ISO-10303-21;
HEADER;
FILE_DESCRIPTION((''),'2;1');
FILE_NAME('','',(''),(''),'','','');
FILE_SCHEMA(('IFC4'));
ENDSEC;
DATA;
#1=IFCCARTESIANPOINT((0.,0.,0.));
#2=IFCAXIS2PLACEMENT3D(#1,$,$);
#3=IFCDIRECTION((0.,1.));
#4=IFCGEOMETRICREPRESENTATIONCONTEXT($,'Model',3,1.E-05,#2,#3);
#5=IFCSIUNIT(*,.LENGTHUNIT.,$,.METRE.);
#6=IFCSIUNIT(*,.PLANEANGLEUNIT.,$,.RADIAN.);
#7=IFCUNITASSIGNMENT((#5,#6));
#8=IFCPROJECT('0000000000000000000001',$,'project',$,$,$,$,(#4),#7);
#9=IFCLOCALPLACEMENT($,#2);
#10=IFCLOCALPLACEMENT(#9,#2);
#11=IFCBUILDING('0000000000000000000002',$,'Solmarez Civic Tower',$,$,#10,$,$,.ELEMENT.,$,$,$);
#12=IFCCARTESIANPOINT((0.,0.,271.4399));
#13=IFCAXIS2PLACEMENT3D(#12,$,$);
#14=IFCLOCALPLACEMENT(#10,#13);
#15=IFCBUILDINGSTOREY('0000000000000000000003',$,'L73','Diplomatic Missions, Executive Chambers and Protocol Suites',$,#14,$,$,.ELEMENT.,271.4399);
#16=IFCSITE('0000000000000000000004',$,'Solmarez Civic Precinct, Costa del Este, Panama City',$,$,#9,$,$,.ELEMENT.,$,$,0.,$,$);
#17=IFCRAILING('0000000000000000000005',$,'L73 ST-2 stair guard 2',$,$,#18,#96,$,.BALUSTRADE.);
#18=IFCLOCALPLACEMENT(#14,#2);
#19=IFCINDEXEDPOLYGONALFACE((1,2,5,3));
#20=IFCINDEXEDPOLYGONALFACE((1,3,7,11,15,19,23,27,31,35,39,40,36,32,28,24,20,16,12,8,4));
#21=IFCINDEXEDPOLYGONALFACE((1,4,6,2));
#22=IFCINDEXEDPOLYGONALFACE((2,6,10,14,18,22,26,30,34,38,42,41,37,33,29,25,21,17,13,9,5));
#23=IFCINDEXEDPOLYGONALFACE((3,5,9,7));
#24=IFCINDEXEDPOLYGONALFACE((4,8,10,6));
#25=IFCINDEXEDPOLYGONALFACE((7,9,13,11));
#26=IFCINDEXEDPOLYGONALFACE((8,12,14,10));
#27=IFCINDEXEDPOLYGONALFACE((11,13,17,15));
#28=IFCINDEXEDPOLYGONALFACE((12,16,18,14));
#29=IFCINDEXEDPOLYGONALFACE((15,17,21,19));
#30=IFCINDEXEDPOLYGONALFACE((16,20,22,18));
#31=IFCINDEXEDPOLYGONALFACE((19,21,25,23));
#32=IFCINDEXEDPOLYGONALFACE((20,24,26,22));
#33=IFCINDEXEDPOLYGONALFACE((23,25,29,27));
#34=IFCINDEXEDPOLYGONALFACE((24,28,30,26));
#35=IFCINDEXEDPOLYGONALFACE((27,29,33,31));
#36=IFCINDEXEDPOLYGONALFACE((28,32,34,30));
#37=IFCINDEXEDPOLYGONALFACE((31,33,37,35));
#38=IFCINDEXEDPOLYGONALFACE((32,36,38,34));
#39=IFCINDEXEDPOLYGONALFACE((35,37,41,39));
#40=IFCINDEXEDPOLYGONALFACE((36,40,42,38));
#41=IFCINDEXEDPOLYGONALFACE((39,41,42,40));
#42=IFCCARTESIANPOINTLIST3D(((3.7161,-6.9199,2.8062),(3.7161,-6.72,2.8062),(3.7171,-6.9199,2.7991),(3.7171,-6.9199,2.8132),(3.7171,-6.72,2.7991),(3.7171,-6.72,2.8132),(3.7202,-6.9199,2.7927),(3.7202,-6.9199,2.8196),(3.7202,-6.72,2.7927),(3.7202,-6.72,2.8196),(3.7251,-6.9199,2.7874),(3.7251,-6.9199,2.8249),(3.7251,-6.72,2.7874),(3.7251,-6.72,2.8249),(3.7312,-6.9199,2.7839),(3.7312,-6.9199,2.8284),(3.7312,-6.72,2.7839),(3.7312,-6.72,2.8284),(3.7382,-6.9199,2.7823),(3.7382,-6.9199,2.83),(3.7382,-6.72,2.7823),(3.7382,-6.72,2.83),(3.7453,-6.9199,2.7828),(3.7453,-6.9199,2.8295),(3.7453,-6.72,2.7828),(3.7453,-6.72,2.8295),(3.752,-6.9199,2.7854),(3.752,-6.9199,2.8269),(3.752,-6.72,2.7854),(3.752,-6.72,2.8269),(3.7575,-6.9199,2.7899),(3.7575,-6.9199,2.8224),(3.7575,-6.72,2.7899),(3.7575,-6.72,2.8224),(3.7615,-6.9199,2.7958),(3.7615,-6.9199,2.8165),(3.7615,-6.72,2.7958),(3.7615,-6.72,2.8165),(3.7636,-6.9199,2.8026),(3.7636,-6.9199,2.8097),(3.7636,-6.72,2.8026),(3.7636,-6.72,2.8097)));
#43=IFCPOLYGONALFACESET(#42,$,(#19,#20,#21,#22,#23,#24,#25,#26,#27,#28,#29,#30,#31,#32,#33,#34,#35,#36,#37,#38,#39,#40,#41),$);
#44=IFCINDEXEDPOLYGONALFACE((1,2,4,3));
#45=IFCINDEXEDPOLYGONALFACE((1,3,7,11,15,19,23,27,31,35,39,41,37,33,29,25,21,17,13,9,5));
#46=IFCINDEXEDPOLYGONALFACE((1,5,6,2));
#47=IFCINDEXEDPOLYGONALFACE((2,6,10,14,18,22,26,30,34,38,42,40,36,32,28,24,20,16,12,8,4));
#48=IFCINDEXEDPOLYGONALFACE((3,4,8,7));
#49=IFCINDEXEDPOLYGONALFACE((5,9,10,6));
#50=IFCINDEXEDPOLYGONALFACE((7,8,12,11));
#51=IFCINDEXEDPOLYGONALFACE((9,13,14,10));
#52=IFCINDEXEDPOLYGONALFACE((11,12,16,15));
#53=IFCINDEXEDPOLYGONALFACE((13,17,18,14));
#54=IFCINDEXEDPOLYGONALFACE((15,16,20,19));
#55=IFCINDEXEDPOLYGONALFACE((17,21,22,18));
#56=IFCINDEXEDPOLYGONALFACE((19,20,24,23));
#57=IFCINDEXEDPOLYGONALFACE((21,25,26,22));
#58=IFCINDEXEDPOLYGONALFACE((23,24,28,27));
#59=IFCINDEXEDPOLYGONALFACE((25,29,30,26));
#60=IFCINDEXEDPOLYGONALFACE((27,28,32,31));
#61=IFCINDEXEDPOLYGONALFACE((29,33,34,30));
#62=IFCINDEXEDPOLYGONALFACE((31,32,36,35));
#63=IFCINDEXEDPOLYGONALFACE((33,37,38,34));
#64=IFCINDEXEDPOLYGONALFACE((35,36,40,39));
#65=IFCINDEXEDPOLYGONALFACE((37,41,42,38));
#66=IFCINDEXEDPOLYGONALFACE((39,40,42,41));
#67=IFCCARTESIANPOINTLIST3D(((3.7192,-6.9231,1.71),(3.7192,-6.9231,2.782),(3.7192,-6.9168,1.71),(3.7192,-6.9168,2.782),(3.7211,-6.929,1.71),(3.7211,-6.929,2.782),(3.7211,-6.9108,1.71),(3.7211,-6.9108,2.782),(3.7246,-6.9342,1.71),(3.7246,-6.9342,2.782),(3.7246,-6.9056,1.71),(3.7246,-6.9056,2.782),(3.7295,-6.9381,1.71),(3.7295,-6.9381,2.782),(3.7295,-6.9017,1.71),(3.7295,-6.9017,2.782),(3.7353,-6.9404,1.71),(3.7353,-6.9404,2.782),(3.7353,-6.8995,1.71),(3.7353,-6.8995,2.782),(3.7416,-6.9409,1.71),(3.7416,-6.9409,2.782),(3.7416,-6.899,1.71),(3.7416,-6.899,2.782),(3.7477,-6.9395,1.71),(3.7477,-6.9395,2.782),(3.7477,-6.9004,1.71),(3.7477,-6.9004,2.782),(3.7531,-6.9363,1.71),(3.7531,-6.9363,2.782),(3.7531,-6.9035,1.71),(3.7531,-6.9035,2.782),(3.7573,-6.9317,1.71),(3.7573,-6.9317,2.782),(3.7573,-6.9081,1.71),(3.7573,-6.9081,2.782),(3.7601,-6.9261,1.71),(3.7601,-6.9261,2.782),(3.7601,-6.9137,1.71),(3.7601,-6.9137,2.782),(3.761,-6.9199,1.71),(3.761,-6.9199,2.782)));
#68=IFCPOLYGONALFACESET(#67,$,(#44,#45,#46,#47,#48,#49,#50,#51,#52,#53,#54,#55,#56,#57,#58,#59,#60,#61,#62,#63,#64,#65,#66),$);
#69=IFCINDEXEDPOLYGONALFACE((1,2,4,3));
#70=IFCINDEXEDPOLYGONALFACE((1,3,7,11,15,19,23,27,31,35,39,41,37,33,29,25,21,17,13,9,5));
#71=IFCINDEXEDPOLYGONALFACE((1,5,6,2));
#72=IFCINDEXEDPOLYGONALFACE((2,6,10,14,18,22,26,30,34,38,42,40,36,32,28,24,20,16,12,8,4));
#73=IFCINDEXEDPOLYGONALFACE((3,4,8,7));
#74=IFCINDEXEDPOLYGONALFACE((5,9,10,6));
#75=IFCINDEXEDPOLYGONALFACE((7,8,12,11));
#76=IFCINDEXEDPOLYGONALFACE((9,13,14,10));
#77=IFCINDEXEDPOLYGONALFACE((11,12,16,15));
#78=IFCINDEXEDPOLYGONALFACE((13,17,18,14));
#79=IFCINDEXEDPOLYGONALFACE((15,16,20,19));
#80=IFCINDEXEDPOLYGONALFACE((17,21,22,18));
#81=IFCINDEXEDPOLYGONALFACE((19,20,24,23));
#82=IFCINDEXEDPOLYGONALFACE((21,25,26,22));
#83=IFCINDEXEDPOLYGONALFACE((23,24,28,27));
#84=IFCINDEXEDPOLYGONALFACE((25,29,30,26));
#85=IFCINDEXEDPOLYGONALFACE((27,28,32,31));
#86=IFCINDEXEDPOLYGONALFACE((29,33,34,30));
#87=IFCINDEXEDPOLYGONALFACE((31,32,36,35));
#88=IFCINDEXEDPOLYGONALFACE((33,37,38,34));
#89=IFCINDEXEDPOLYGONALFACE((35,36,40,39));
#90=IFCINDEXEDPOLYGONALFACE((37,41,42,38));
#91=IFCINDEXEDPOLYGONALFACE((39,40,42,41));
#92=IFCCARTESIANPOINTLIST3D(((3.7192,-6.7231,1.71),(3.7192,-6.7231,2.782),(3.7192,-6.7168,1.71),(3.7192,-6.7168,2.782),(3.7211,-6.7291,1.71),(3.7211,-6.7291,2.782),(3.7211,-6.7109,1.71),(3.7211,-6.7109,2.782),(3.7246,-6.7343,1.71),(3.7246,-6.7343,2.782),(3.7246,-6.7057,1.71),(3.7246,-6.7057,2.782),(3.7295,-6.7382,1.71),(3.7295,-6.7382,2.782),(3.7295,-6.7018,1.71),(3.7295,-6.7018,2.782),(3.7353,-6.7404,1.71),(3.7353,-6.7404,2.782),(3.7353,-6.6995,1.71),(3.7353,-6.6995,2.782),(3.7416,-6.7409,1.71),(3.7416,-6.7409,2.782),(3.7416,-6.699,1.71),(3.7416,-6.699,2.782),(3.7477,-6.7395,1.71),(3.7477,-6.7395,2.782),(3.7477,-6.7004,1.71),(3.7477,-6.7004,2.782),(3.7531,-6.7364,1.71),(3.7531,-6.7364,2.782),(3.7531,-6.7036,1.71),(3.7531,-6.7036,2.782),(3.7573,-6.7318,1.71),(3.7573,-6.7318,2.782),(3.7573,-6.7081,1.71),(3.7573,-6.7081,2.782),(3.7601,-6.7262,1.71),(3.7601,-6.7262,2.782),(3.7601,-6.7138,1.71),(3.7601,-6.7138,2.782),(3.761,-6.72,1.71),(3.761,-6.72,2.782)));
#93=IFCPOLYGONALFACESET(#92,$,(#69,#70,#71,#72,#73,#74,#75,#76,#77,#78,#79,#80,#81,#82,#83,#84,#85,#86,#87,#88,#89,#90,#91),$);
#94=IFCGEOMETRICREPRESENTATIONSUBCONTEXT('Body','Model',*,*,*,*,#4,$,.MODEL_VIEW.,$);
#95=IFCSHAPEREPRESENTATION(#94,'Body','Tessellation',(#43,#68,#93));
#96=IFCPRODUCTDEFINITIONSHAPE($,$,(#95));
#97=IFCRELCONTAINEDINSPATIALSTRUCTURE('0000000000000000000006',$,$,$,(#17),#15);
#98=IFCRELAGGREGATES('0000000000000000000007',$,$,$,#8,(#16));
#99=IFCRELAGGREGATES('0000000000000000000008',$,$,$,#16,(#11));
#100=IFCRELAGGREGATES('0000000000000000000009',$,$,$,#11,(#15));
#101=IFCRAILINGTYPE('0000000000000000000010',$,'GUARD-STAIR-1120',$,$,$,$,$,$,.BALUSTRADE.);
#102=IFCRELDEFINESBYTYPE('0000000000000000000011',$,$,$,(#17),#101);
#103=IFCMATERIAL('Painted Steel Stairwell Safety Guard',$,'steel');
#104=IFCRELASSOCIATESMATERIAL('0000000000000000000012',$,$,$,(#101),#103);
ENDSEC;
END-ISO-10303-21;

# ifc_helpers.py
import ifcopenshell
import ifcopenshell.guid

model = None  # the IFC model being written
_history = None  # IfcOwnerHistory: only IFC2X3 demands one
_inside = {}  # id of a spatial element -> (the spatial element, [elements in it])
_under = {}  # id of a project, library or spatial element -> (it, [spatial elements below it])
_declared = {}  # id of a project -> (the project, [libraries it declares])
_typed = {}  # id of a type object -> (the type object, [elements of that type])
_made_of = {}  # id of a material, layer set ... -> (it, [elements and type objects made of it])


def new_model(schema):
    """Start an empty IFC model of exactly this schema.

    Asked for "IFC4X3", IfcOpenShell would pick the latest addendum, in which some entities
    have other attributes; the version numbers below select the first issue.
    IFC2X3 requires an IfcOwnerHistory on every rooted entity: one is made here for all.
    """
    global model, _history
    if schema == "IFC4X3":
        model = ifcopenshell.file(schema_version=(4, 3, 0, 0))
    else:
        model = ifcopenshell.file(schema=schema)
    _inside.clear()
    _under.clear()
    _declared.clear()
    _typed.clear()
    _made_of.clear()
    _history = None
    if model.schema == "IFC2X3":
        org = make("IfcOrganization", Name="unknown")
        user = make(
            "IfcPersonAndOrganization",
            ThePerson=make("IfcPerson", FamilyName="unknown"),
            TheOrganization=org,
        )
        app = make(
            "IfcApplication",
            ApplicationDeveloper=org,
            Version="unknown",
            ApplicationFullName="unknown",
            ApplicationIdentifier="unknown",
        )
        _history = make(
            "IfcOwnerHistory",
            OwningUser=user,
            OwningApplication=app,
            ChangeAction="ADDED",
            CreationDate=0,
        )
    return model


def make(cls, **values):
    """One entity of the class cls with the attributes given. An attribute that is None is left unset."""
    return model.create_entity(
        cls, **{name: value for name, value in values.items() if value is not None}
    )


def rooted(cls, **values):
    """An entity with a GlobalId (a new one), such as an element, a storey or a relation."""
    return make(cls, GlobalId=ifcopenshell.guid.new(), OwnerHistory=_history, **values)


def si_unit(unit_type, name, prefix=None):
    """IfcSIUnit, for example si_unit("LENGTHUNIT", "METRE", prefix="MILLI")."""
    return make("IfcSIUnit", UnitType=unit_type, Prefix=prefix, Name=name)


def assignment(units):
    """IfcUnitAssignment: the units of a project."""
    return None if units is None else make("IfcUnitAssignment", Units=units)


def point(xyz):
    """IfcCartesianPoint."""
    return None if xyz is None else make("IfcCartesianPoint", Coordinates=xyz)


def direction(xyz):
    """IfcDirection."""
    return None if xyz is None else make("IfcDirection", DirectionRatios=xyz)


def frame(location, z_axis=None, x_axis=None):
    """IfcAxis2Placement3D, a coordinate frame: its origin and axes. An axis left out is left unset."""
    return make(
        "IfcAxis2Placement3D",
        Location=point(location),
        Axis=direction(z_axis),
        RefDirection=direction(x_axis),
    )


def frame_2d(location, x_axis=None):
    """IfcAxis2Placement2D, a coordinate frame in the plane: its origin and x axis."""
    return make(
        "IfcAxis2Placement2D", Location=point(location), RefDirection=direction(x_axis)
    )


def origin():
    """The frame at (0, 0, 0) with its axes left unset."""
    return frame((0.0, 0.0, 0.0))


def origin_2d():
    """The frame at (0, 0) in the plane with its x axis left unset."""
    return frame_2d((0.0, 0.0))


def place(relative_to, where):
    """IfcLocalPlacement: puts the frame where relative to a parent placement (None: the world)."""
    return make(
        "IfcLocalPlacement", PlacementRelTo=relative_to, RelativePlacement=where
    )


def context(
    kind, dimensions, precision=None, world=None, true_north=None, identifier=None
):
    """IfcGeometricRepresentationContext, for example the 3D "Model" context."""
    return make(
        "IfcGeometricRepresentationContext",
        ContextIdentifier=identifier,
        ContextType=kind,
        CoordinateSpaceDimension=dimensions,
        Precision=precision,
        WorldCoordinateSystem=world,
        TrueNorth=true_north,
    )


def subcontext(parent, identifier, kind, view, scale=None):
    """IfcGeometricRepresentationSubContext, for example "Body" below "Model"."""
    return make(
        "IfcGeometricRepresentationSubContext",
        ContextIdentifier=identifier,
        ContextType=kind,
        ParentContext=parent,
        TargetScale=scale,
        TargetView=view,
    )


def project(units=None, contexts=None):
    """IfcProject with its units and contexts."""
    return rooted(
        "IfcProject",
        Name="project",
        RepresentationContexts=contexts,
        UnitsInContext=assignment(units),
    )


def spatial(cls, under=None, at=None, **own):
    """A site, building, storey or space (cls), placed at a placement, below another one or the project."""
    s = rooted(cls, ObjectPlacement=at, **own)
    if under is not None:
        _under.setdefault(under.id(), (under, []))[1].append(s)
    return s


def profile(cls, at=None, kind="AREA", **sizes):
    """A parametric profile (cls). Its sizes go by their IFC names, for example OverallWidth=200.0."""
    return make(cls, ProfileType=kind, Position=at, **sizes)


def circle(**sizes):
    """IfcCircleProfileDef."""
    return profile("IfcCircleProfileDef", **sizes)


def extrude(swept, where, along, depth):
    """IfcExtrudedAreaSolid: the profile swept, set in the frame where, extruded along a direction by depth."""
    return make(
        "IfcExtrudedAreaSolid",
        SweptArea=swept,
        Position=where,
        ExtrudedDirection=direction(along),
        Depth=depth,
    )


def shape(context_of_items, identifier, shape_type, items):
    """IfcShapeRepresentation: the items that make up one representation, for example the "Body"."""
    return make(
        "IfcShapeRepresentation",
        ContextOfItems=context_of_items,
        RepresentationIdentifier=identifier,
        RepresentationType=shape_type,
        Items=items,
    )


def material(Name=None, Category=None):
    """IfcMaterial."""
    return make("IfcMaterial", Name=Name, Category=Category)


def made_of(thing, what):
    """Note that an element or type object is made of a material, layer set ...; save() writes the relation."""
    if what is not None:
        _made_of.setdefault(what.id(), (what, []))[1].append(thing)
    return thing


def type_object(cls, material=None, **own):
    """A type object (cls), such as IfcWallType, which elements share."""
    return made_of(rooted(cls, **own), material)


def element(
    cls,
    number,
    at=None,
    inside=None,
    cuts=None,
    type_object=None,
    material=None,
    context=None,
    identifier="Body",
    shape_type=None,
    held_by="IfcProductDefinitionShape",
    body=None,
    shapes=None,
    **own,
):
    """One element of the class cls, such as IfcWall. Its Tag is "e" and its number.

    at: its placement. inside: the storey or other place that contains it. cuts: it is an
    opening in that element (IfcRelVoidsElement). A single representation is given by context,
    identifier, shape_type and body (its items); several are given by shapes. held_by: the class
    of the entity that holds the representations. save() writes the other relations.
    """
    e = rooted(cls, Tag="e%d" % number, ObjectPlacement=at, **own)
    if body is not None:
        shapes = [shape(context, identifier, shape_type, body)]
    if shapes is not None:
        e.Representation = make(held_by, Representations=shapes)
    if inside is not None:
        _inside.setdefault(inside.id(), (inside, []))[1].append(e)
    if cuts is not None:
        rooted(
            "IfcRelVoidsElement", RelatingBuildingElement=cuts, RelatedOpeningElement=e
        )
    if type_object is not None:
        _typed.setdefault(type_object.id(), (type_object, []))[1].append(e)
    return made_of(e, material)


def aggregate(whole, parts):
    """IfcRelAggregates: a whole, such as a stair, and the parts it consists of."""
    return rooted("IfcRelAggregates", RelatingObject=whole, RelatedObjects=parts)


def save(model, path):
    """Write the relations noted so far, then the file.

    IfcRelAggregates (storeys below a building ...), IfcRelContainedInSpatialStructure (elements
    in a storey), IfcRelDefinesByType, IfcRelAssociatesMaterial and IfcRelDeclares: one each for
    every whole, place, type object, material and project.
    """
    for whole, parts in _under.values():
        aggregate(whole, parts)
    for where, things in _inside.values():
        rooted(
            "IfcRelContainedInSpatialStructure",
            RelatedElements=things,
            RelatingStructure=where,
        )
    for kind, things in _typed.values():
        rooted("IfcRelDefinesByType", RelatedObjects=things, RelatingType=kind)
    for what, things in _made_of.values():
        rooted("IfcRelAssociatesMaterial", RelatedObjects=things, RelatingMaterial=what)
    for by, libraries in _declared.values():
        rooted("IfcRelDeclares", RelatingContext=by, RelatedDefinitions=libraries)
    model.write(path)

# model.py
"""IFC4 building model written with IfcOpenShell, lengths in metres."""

from ifc_helpers import new_model, si_unit, direction, frame, origin, origin_2d, place, context, subcontext, project, spatial, circle, extrude, material, type_object, element, save


model = new_model("IFC4")

# Units and contexts
model_context = context("Model", 3, precision=1e-05, world=origin(), true_north=direction((0.0, 1.0)))
body_context = subcontext(model_context, "Body", "Model", "MODEL_VIEW")
ifc_project = project(units=[si_unit("LENGTHUNIT", "METRE"), si_unit("PLANEANGLEUNIT", "RADIAN")], contexts=[model_context])

# Site, building, storey
site_placement = place(None, origin())
site = spatial("IfcSite", under=ifc_project, at=site_placement, Name="Solmarez Civic Precinct, Costa del Este, Panama City", CompositionType="ELEMENT", RefElevation=0.0)
building_placement = place(site_placement, origin())
building = spatial("IfcBuilding", under=site, at=building_placement, Name="Solmarez Civic Tower", CompositionType="ELEMENT")
storey_placement = place(building_placement, frame((0.0, 0.0, 271.4399)))
storey = spatial("IfcBuildingStorey", under=building, at=storey_placement, Name="L73", Description="Diplomatic Missions, Executive Chambers and Protocol Suites", CompositionType="ELEMENT", Elevation=271.4399)

# Railing
ifc_material_1 = material(Name="Painted Steel Stairwell Safety Guard", Category="steel")
railing_type_1 = type_object("IfcRailingType", Name="GUARD-STAIR-1120", PredefinedType="BALUSTRADE", material=ifc_material_1)
railing_1_placement = place(storey_placement, frame((3.74, -6.9199, 1.71)))
element("IfcRailing", 1, at=railing_1_placement, inside=storey, type_object=railing_type_1, Name="L73 ST-2 stair guard 2", PredefinedType="BALUSTRADE", context=body_context, shape_type="SweptSolid", body=[
    extrude(circle(Radius=0.0239, at=origin_2d()), frame((0.0, 0.0, 1.0962), z_axis=(0.0, 1.0, 0.0), x_axis=(-1.0, 0.0, 0.0)), (0.0, 0.0, 1.0), 0.2),
    extrude(circle(Radius=0.021, at=origin_2d()), origin(), (0.0, 0.0, 1.0), 1.072),
    extrude(circle(Radius=0.021, at=origin_2d()), frame((0.0, 0.2, 0.0)), (0.0, 0.0, 1.0), 1.072),
])

save(model, "model.ifc")
